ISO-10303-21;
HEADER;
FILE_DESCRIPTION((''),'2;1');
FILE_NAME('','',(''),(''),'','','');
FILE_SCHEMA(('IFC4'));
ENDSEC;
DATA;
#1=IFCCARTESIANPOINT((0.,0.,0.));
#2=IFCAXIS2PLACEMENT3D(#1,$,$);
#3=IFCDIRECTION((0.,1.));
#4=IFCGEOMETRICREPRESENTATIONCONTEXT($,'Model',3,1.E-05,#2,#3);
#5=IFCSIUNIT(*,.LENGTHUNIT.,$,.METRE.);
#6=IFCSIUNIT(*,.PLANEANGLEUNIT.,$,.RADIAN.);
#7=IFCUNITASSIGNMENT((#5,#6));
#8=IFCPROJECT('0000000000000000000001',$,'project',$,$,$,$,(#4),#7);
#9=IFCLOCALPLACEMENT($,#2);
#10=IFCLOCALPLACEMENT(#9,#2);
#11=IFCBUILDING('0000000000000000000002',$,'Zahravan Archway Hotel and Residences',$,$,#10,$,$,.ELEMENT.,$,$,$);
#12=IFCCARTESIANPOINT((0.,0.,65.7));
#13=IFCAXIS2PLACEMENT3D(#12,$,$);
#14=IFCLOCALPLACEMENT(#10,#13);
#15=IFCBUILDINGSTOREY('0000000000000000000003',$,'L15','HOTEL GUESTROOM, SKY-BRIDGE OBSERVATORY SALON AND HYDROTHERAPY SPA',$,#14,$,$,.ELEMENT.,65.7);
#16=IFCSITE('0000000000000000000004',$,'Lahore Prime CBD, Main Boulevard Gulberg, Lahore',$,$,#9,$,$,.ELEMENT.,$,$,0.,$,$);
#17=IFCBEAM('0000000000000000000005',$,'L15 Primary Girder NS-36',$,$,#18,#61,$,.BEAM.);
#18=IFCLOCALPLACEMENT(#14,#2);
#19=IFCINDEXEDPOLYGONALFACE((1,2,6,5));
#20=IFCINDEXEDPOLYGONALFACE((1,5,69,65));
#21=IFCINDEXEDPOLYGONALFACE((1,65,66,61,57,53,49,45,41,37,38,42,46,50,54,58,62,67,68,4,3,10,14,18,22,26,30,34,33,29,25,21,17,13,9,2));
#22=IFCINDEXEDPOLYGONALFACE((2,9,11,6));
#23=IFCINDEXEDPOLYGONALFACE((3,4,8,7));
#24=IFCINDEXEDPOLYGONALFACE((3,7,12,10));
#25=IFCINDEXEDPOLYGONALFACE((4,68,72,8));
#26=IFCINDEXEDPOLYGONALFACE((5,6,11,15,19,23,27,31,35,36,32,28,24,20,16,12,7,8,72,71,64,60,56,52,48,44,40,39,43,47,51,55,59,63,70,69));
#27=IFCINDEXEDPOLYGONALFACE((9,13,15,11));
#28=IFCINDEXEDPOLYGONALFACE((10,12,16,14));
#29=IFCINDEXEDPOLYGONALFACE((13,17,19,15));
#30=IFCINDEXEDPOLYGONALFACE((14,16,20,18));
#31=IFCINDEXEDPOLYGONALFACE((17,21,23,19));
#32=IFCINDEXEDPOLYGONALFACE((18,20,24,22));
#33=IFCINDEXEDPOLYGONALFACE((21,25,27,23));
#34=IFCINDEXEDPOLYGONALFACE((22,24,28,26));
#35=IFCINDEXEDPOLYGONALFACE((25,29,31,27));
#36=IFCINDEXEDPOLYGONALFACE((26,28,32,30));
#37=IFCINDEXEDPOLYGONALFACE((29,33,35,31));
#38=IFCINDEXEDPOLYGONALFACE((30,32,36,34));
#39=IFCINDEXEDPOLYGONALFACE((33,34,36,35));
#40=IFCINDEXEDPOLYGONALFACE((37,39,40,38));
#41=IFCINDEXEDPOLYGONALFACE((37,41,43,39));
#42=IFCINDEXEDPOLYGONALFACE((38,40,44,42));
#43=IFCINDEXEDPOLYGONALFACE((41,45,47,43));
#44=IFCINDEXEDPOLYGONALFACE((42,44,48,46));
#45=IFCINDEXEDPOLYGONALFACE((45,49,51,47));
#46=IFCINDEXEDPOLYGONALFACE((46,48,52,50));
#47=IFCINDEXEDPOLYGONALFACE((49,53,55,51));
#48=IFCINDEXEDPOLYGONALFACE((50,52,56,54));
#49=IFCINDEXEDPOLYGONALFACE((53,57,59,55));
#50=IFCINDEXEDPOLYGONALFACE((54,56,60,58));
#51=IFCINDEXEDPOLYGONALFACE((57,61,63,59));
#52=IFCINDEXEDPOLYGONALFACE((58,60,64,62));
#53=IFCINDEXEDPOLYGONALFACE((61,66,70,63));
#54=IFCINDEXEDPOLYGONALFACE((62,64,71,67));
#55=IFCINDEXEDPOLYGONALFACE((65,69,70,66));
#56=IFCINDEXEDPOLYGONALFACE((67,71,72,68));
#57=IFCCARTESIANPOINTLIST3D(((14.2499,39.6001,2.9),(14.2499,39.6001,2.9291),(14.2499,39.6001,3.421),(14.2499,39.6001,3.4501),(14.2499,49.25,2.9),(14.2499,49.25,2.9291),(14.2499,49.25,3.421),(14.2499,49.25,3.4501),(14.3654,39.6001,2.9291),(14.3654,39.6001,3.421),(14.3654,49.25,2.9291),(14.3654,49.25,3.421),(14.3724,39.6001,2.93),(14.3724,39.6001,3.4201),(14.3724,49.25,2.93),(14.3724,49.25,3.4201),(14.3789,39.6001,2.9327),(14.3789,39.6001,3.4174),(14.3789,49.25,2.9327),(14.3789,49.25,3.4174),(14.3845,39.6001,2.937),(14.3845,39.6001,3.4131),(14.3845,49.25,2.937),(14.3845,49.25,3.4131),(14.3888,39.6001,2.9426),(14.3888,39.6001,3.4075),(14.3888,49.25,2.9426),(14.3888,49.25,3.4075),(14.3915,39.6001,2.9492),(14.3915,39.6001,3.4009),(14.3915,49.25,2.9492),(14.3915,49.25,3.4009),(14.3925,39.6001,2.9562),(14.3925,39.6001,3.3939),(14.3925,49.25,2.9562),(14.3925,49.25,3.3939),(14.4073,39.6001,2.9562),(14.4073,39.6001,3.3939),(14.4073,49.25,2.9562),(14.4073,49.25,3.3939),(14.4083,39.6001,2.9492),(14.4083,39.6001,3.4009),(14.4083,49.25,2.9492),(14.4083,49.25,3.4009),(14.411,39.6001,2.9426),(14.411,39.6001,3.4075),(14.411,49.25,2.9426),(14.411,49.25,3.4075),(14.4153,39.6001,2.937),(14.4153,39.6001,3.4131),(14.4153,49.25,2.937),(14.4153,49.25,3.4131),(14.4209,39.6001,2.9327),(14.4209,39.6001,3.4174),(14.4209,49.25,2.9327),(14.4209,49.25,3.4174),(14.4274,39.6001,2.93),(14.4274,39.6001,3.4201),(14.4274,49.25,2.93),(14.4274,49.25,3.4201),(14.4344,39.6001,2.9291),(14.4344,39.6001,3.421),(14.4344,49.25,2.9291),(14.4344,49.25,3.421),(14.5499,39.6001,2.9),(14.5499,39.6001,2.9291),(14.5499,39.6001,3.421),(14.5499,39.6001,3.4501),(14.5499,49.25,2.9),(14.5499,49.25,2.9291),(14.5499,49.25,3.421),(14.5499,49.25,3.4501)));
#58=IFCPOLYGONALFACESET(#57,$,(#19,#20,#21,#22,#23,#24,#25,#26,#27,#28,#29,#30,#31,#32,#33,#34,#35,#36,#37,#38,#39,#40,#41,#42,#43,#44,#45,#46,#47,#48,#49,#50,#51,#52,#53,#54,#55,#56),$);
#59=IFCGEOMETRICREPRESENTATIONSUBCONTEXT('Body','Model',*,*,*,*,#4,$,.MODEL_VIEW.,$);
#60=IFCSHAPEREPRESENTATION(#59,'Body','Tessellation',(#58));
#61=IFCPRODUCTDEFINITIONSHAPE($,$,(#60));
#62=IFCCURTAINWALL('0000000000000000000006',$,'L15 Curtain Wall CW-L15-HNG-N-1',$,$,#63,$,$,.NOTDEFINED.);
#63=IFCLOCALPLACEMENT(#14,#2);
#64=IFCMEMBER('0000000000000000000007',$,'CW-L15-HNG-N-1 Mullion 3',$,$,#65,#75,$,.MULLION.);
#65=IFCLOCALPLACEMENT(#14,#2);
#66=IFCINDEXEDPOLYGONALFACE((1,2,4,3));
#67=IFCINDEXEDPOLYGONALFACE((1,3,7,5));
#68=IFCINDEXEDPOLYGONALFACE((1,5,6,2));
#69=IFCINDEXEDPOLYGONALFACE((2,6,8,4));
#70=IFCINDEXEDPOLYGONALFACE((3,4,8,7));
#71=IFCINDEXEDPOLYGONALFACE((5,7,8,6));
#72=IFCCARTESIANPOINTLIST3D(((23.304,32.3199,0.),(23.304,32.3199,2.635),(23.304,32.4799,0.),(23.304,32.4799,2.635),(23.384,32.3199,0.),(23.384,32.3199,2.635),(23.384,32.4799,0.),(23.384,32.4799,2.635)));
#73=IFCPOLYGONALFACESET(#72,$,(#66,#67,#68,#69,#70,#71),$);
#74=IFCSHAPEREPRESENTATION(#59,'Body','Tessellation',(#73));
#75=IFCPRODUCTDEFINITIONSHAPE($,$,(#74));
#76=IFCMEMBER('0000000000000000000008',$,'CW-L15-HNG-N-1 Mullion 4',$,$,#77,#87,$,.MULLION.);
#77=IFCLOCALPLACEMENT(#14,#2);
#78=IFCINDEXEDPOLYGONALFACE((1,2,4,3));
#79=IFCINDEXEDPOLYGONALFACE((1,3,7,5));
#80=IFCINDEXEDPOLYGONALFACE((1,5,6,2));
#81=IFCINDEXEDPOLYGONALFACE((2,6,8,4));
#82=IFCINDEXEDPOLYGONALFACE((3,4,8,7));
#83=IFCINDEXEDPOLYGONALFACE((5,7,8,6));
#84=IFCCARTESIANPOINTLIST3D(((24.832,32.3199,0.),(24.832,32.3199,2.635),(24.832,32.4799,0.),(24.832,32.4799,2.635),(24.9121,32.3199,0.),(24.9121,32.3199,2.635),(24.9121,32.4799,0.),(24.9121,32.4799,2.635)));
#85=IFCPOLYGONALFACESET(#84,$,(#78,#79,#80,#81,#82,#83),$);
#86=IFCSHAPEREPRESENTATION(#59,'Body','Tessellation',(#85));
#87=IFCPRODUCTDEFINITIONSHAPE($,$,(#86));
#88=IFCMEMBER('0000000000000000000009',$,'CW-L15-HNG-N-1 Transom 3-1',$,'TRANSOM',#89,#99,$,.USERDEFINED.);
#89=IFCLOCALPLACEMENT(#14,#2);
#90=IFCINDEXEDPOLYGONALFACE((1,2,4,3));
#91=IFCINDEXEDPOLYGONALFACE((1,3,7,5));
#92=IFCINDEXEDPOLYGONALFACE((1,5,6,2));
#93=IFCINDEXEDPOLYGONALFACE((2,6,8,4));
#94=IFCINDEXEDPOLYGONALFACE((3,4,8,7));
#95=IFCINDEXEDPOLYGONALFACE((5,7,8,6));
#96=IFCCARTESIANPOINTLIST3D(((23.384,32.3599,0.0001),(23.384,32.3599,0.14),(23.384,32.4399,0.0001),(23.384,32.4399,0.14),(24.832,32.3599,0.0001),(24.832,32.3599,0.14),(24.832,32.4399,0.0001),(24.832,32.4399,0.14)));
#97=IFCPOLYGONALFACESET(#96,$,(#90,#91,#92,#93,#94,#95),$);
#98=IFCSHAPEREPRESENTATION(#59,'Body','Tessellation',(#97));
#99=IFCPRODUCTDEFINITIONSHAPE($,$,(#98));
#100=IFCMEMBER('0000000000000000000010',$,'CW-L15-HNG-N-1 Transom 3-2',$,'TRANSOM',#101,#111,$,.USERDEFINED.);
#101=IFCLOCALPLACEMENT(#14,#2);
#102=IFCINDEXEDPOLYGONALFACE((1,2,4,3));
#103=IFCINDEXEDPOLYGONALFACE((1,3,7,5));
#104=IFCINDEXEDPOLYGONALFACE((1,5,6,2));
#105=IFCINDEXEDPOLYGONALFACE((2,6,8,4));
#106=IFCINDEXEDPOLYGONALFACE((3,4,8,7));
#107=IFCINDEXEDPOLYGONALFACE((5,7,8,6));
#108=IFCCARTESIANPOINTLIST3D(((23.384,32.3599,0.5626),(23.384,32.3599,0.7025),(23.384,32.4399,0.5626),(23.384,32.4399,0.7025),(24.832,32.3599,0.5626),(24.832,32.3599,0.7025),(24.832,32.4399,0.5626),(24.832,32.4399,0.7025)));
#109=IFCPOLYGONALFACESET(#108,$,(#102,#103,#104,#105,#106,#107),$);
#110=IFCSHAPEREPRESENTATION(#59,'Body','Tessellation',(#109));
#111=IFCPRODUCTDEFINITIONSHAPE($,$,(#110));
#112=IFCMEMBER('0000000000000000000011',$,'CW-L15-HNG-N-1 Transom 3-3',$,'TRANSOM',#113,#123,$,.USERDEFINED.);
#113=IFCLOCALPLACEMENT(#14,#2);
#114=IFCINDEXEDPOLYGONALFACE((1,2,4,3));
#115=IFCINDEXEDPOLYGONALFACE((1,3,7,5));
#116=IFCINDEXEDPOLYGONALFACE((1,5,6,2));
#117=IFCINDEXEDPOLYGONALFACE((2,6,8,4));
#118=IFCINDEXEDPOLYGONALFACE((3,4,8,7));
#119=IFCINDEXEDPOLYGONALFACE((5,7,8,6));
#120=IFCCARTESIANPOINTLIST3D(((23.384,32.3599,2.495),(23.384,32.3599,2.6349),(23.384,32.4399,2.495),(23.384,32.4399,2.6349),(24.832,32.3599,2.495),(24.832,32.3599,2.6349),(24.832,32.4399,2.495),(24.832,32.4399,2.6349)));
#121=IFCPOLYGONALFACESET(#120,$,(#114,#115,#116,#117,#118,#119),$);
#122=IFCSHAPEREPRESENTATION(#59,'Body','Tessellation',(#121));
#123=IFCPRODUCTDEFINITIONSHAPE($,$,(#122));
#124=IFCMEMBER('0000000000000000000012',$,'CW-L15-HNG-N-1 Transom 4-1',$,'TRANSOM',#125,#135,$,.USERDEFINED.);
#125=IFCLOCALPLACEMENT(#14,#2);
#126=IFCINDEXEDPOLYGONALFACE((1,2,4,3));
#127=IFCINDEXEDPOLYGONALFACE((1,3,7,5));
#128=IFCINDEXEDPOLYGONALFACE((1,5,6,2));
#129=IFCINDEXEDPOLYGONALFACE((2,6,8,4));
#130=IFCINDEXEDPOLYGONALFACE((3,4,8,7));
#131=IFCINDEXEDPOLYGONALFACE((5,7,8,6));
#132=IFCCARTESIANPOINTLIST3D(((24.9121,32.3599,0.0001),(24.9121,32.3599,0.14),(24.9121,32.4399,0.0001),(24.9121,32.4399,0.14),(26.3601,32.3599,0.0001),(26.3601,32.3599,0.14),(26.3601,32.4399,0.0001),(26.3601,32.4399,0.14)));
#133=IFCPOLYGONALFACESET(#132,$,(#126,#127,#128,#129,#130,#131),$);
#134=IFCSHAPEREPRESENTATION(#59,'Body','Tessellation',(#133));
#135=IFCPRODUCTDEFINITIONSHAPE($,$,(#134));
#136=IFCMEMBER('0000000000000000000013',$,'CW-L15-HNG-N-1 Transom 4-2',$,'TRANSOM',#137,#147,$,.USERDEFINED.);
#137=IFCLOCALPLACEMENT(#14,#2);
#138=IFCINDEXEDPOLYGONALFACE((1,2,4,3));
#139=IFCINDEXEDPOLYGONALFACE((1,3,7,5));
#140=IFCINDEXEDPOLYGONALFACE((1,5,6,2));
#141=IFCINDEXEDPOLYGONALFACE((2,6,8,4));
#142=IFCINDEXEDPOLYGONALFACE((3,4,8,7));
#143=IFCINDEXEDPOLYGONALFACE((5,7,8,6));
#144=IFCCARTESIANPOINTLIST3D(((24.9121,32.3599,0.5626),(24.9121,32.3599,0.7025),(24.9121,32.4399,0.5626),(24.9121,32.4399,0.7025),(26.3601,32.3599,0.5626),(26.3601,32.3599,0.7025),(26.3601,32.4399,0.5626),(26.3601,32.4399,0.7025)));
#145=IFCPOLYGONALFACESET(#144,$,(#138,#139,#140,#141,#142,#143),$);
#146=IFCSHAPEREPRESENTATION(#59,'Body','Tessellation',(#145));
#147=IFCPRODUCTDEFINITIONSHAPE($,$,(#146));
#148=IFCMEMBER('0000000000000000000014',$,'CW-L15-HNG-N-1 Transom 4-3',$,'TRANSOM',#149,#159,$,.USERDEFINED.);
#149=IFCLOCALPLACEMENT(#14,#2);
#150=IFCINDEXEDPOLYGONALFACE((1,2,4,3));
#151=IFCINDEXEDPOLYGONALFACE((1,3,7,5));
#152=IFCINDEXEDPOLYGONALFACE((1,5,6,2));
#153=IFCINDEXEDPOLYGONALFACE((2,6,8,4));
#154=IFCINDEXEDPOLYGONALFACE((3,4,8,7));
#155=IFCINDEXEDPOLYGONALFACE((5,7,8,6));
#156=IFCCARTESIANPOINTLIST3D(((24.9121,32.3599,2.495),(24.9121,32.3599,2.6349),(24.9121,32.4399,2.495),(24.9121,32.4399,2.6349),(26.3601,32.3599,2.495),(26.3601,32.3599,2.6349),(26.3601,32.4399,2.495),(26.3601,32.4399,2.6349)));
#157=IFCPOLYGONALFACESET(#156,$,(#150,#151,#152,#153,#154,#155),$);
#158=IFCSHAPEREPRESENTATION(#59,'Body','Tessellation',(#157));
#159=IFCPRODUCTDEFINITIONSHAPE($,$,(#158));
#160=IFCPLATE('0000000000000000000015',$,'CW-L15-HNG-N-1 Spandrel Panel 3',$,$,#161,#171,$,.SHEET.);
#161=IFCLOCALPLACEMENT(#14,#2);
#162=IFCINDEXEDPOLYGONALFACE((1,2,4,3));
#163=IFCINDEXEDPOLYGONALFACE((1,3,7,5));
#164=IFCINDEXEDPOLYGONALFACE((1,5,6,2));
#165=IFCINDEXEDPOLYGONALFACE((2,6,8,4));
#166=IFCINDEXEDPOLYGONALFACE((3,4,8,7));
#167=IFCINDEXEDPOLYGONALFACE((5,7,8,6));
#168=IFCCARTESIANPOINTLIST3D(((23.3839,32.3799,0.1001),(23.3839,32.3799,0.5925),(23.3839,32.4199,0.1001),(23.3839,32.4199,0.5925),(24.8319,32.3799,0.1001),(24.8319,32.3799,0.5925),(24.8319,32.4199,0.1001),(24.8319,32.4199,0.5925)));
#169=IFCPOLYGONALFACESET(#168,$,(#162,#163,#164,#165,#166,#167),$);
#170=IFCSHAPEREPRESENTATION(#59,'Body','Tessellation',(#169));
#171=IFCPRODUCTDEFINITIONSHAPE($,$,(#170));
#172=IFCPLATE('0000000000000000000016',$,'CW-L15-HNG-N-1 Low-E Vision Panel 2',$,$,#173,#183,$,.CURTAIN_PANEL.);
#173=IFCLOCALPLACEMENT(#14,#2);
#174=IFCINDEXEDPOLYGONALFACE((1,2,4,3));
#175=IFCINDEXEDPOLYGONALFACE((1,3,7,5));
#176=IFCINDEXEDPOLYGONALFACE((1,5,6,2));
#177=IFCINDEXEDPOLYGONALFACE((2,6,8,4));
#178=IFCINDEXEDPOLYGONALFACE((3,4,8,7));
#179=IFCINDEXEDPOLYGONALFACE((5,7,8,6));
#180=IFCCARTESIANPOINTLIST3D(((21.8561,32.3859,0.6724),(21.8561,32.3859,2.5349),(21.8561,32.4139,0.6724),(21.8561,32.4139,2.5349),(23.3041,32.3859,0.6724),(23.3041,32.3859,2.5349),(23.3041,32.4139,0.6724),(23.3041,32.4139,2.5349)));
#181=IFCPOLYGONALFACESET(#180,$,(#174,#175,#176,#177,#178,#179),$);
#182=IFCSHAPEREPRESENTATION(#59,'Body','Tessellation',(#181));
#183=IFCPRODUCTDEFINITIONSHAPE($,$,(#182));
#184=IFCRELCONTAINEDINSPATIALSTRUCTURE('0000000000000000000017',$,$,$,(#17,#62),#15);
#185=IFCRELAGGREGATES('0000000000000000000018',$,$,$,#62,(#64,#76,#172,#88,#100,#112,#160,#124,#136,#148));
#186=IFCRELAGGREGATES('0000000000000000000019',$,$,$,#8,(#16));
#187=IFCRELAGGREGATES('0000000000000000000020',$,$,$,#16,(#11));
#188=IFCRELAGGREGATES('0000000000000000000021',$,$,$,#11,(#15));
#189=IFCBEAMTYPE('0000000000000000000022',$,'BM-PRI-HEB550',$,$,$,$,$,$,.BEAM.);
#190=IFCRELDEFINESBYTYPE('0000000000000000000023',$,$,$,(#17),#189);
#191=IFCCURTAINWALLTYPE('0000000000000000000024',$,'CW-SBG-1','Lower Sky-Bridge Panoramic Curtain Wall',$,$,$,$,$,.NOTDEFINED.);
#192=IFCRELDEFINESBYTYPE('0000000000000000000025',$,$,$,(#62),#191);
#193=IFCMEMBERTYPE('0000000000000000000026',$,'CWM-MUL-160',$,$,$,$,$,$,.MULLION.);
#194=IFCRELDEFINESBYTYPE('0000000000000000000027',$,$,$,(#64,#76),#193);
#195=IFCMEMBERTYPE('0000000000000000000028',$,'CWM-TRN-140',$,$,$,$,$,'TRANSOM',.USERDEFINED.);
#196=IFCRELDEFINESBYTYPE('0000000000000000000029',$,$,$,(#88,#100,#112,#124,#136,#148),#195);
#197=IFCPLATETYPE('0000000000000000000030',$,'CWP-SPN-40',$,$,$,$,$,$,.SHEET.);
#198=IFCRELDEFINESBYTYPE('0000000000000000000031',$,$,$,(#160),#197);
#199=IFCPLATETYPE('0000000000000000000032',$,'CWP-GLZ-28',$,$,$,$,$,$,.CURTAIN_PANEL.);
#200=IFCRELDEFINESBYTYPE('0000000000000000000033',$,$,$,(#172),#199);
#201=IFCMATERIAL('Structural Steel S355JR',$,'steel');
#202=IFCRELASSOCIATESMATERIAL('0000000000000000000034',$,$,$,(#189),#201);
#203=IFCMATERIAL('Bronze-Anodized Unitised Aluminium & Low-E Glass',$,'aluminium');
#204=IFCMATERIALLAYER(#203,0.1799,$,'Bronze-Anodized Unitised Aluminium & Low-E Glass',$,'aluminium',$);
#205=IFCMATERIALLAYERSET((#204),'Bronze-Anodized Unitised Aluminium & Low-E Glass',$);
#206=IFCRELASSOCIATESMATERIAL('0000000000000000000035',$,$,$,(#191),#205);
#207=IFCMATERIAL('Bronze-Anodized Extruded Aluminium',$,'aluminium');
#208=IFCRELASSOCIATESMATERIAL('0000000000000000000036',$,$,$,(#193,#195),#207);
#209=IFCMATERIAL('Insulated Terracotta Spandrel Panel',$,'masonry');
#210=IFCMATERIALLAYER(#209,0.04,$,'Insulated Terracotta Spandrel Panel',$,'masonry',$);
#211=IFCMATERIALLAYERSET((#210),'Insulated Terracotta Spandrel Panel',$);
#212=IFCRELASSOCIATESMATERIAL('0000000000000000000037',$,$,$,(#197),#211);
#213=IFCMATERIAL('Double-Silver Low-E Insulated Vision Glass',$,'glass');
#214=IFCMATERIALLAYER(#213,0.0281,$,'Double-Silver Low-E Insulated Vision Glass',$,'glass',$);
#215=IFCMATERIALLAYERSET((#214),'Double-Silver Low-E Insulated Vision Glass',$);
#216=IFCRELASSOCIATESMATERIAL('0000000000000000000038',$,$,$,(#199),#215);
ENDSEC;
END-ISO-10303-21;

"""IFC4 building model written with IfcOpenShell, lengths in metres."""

from ifc_helpers import new_model, si_unit, direction, frame, origin, origin_2d, place, context, subcontext, project, spatial, rectangle, i_section, extrude, source, transform, mapped, material, layer, layer_set, material_profile, profile_set, type_object, element, aggregate, save


model = new_model("IFC4")

# Units and contexts
model_context = context("Model", 3, precision=1e-05, world=origin(), true_north=direction((0.0, 1.0)))
body_context = subcontext(model_context, "Body", "Model", "MODEL_VIEW")
ifc_project = project(units=[si_unit("LENGTHUNIT", "METRE"), si_unit("PLANEANGLEUNIT", "RADIAN")], contexts=[model_context])

# Site, building, storey
site_placement = place(None, origin())
site = spatial("IfcSite", under=ifc_project, at=site_placement, Name="Lahore Prime CBD, Main Boulevard Gulberg, Lahore", CompositionType="ELEMENT", RefElevation=0.0)
building_placement = place(site_placement, origin())
building = spatial("IfcBuilding", under=site, at=building_placement, Name="Zahravan Archway Hotel and Residences", CompositionType="ELEMENT")
storey_placement = place(building_placement, frame((0.0, 0.0, 65.7)))
storey = spatial("IfcBuildingStorey", under=building, at=storey_placement, Name="L15", Description="HOTEL GUESTROOM, SKY-BRIDGE OBSERVATORY SALON AND HYDROTHERAPY SPA", CompositionType="ELEMENT", Elevation=65.7)

# Beam
ifc_material_1 = material(Name="Structural Steel S355JR", Category="steel")
ifc_material_profile_1 = material_profile(ifc_material_1, i_section(OverallWidth=0.3, OverallDepth=0.55, WebThickness=0.0149, FlangeThickness=0.0291, FilletRadius=0.0271, at=origin_2d()), Name="HEB 550", Category="steel")
ifc_profile_set_1 = profile_set([ifc_material_profile_1], Name="Structural Steel S355JR")
beam_type_1 = type_object("IfcBeamType", Name="BM-PRI-HEB550", PredefinedType="BEAM", material=ifc_profile_set_1)
shared_shape_1 = source(origin(), body_context, "Body", "SweptSolid", [
    extrude(i_section(OverallWidth=0.3, OverallDepth=0.55, WebThickness=0.0149, FlangeThickness=0.0291, FilletRadius=0.0271, at=origin_2d()), origin(), (0.0, 0.0, 1.0), 9.6499),
])
beam_1_placement = place(storey_placement, frame((14.3999, 39.6001, 3.175), z_axis=(0.0, 1.0, 0.0), x_axis=(-1.0, 0.0, 0.0)))
element("IfcBeam", 1, at=beam_1_placement, inside=storey, type_object=beam_type_1, Name="L15 Primary Girder NS-36", PredefinedType="BEAM", context=body_context, shape_type="MappedRepresentation", body=[
    mapped(shared_shape_1, transform((0.0, 0.0, 0.0), scale=1.0)),
])

# Curtain wall, members, plates
ifc_material_2 = material(Name="Bronze-Anodized Unitised Aluminium & Low-E Glass", Category="aluminium")
ifc_layer_1 = layer(ifc_material_2, 0.1799, Name="Bronze-Anodized Unitised Aluminium & Low-E Glass", Category="aluminium")
ifc_layer_set_1 = layer_set([ifc_layer_1], Name="Bronze-Anodized Unitised Aluminium & Low-E Glass")
curtain_wall_type = type_object("IfcCurtainWallType", Name="CW-SBG-1", Description="Lower Sky-Bridge Panoramic Curtain Wall", PredefinedType="NOTDEFINED", material=ifc_layer_set_1)
curtain_wall_placement = place(storey_placement, origin())
curtain_wall = element("IfcCurtainWall", 2, at=curtain_wall_placement, inside=storey, type_object=curtain_wall_type, Name="L15 Curtain Wall CW-L15-HNG-N-1", PredefinedType="NOTDEFINED")
ifc_material_3 = material(Name="Bronze-Anodized Extruded Aluminium", Category="aluminium")
ifc_material_profile_2 = material_profile(ifc_material_3, rectangle(XDim=0.0801, YDim=0.1599, at=origin_2d()), Name="MUL 80x160", Category="aluminium")
ifc_profile_set_2 = profile_set([ifc_material_profile_2], Name="Bronze-Anodized Extruded Aluminium")
member_type_1 = type_object("IfcMemberType", Name="CWM-MUL-160", PredefinedType="MULLION", material=ifc_profile_set_2)
shared_shape_2 = source(origin(), body_context, "Body", "SweptSolid", [
    extrude(rectangle(XDim=0.0801, YDim=0.1599, at=origin_2d()), origin(), (0.0, 0.0, 1.0), 2.635),
])
member_1_placement = place(storey_placement, frame((23.344, 32.3999, 0.0), z_axis=(0.0, 0.0, 1.0), x_axis=(1.0, 0.0, 0.0)))
member_1 = element("IfcMember", 3, at=member_1_placement, type_object=member_type_1, Name="CW-L15-HNG-N-1 Mullion 3", PredefinedType="MULLION", context=body_context, shape_type="MappedRepresentation", body=[
    mapped(shared_shape_2, transform((0.0, 0.0, 0.0), scale=1.0)),
])
member_2_placement = place(storey_placement, frame((24.8721, 32.3999, 0.0), z_axis=(0.0, 0.0, 1.0), x_axis=(1.0, 0.0, 0.0)))
member_2 = element("IfcMember", 4, at=member_2_placement, type_object=member_type_1, Name="CW-L15-HNG-N-1 Mullion 4", PredefinedType="MULLION", context=body_context, shape_type="MappedRepresentation", body=[
    mapped(shared_shape_2, transform((0.0, 0.0, 0.0), scale=1.0)),
])
ifc_material_profile_3 = material_profile(ifc_material_3, rectangle(XDim=0.0801, YDim=0.1399, at=origin_2d()), Name="TRN 80x140", Category="aluminium")
ifc_profile_set_3 = profile_set([ifc_material_profile_3], Name="Bronze-Anodized Extruded Aluminium")
member_type_2 = type_object("IfcMemberType", Name="CWM-TRN-140", ElementType="TRANSOM", PredefinedType="USERDEFINED", material=ifc_profile_set_3)
shared_shape_3 = source(origin(), body_context, "Body", "SweptSolid", [
    extrude(rectangle(XDim=0.0801, YDim=0.1399, at=origin_2d()), origin(), (0.0, 0.0, 1.0), 1.448),
])
member_3_placement = place(storey_placement, frame((23.384, 32.3999, 0.0701), z_axis=(1.0, 0.0, 0.0), x_axis=(0.0, 1.0, 0.0)))
member_3 = element("IfcMember", 5, at=member_3_placement, type_object=member_type_2, Name="CW-L15-HNG-N-1 Transom 3-1", ObjectType="TRANSOM", PredefinedType="USERDEFINED", context=body_context, shape_type="MappedRepresentation", body=[
    mapped(shared_shape_3, transform((0.0, 0.0, 0.0), scale=1.0)),
])
member_4_placement = place(storey_placement, frame((23.384, 32.3999, 0.6326), z_axis=(1.0, 0.0, 0.0), x_axis=(0.0, 1.0, 0.0)))
member_4 = element("IfcMember", 6, at=member_4_placement, type_object=member_type_2, Name="CW-L15-HNG-N-1 Transom 3-2", ObjectType="TRANSOM", PredefinedType="USERDEFINED", context=body_context, shape_type="MappedRepresentation", body=[
    mapped(shared_shape_3, transform((0.0, 0.0, 0.0), scale=1.0)),
])
member_5_placement = place(storey_placement, frame((23.384, 32.3999, 2.5649), z_axis=(1.0, 0.0, 0.0), x_axis=(0.0, 1.0, 0.0)))
member_5 = element("IfcMember", 7, at=member_5_placement, type_object=member_type_2, Name="CW-L15-HNG-N-1 Transom 3-3", ObjectType="TRANSOM", PredefinedType="USERDEFINED", context=body_context, shape_type="MappedRepresentation", body=[
    mapped(shared_shape_3, transform((0.0, 0.0, 0.0), scale=1.0)),
])
member_6_placement = place(storey_placement, frame((24.9121, 32.3999, 0.0701), z_axis=(1.0, 0.0, 0.0), x_axis=(0.0, 1.0, 0.0)))
member_6 = element("IfcMember", 8, at=member_6_placement, type_object=member_type_2, Name="CW-L15-HNG-N-1 Transom 4-1", ObjectType="TRANSOM", PredefinedType="USERDEFINED", context=body_context, shape_type="MappedRepresentation", body=[
    mapped(shared_shape_3, transform((0.0, 0.0, 0.0), scale=1.0)),
])
member_7_placement = place(storey_placement, frame((24.9121, 32.3999, 0.6326), z_axis=(1.0, 0.0, 0.0), x_axis=(0.0, 1.0, 0.0)))
member_7 = element("IfcMember", 9, at=member_7_placement, type_object=member_type_2, Name="CW-L15-HNG-N-1 Transom 4-2", ObjectType="TRANSOM", PredefinedType="USERDEFINED", context=body_context, shape_type="MappedRepresentation", body=[
    mapped(shared_shape_3, transform((0.0, 0.0, 0.0), scale=1.0)),
])
member_8_placement = place(storey_placement, frame((24.9121, 32.3999, 2.5649), z_axis=(1.0, 0.0, 0.0), x_axis=(0.0, 1.0, 0.0)))
member_8 = element("IfcMember", 10, at=member_8_placement, type_object=member_type_2, Name="CW-L15-HNG-N-1 Transom 4-3", ObjectType="TRANSOM", PredefinedType="USERDEFINED", context=body_context, shape_type="MappedRepresentation", body=[
    mapped(shared_shape_3, transform((0.0, 0.0, 0.0), scale=1.0)),
])
ifc_material_4 = material(Name="Insulated Terracotta Spandrel Panel", Category="masonry")
ifc_layer_2 = layer(ifc_material_4, 0.04, Name="Insulated Terracotta Spandrel Panel", Category="masonry")
ifc_layer_set_2 = layer_set([ifc_layer_2], Name="Insulated Terracotta Spandrel Panel")
plate_type_1 = type_object("IfcPlateType", Name="CWP-SPN-40", PredefinedType="SHEET", material=ifc_layer_set_2)
shared_shape_4 = source(origin(), body_context, "Body", "SweptSolid", [
    extrude(rectangle(XDim=1.448, YDim=0.04, at=origin_2d()), origin(), (0.0, 0.0, 1.0), 0.4924),
])
plate_1_placement = place(storey_placement, frame((24.1079, 32.3999, 0.1001), z_axis=(0.0, 0.0, 1.0), x_axis=(1.0, 0.0, 0.0)))
plate_1 = element("IfcPlate", 11, at=plate_1_placement, type_object=plate_type_1, Name="CW-L15-HNG-N-1 Spandrel Panel 3", PredefinedType="SHEET", context=body_context, shape_type="MappedRepresentation", body=[
    mapped(shared_shape_4, transform((0.0, 0.0, 0.0), scale=1.0)),
])
ifc_material_5 = material(Name="Double-Silver Low-E Insulated Vision Glass", Category="glass")
ifc_layer_3 = layer(ifc_material_5, 0.0281, Name="Double-Silver Low-E Insulated Vision Glass", Category="glass")
ifc_layer_set_3 = layer_set([ifc_layer_3], Name="Double-Silver Low-E Insulated Vision Glass")
plate_type_2 = type_object("IfcPlateType", Name="CWP-GLZ-28", PredefinedType="CURTAIN_PANEL", material=ifc_layer_set_3)
shared_shape_5 = source(origin(), body_context, "Body", "SweptSolid", [
    extrude(rectangle(XDim=1.448, YDim=0.0281, at=origin_2d()), origin(), (0.0, 0.0, 1.0), 1.8625),
])
plate_2_placement = place(storey_placement, frame((22.5801, 32.3999, 0.6724), z_axis=(0.0, 0.0, 1.0), x_axis=(1.0, 0.0, 0.0)))
plate_2 = element("IfcPlate", 12, at=plate_2_placement, type_object=plate_type_2, Name="CW-L15-HNG-N-1 Low-E Vision Panel 2", PredefinedType="CURTAIN_PANEL", context=body_context, shape_type="MappedRepresentation", body=[
    mapped(shared_shape_5, transform((0.0, 0.0, 0.0), scale=1.0)),
])
aggregate(curtain_wall, [member_1, member_2, plate_2, member_3, member_4, member_5, plate_1, member_6, member_7, member_8])

save(model, "model.ifc")
